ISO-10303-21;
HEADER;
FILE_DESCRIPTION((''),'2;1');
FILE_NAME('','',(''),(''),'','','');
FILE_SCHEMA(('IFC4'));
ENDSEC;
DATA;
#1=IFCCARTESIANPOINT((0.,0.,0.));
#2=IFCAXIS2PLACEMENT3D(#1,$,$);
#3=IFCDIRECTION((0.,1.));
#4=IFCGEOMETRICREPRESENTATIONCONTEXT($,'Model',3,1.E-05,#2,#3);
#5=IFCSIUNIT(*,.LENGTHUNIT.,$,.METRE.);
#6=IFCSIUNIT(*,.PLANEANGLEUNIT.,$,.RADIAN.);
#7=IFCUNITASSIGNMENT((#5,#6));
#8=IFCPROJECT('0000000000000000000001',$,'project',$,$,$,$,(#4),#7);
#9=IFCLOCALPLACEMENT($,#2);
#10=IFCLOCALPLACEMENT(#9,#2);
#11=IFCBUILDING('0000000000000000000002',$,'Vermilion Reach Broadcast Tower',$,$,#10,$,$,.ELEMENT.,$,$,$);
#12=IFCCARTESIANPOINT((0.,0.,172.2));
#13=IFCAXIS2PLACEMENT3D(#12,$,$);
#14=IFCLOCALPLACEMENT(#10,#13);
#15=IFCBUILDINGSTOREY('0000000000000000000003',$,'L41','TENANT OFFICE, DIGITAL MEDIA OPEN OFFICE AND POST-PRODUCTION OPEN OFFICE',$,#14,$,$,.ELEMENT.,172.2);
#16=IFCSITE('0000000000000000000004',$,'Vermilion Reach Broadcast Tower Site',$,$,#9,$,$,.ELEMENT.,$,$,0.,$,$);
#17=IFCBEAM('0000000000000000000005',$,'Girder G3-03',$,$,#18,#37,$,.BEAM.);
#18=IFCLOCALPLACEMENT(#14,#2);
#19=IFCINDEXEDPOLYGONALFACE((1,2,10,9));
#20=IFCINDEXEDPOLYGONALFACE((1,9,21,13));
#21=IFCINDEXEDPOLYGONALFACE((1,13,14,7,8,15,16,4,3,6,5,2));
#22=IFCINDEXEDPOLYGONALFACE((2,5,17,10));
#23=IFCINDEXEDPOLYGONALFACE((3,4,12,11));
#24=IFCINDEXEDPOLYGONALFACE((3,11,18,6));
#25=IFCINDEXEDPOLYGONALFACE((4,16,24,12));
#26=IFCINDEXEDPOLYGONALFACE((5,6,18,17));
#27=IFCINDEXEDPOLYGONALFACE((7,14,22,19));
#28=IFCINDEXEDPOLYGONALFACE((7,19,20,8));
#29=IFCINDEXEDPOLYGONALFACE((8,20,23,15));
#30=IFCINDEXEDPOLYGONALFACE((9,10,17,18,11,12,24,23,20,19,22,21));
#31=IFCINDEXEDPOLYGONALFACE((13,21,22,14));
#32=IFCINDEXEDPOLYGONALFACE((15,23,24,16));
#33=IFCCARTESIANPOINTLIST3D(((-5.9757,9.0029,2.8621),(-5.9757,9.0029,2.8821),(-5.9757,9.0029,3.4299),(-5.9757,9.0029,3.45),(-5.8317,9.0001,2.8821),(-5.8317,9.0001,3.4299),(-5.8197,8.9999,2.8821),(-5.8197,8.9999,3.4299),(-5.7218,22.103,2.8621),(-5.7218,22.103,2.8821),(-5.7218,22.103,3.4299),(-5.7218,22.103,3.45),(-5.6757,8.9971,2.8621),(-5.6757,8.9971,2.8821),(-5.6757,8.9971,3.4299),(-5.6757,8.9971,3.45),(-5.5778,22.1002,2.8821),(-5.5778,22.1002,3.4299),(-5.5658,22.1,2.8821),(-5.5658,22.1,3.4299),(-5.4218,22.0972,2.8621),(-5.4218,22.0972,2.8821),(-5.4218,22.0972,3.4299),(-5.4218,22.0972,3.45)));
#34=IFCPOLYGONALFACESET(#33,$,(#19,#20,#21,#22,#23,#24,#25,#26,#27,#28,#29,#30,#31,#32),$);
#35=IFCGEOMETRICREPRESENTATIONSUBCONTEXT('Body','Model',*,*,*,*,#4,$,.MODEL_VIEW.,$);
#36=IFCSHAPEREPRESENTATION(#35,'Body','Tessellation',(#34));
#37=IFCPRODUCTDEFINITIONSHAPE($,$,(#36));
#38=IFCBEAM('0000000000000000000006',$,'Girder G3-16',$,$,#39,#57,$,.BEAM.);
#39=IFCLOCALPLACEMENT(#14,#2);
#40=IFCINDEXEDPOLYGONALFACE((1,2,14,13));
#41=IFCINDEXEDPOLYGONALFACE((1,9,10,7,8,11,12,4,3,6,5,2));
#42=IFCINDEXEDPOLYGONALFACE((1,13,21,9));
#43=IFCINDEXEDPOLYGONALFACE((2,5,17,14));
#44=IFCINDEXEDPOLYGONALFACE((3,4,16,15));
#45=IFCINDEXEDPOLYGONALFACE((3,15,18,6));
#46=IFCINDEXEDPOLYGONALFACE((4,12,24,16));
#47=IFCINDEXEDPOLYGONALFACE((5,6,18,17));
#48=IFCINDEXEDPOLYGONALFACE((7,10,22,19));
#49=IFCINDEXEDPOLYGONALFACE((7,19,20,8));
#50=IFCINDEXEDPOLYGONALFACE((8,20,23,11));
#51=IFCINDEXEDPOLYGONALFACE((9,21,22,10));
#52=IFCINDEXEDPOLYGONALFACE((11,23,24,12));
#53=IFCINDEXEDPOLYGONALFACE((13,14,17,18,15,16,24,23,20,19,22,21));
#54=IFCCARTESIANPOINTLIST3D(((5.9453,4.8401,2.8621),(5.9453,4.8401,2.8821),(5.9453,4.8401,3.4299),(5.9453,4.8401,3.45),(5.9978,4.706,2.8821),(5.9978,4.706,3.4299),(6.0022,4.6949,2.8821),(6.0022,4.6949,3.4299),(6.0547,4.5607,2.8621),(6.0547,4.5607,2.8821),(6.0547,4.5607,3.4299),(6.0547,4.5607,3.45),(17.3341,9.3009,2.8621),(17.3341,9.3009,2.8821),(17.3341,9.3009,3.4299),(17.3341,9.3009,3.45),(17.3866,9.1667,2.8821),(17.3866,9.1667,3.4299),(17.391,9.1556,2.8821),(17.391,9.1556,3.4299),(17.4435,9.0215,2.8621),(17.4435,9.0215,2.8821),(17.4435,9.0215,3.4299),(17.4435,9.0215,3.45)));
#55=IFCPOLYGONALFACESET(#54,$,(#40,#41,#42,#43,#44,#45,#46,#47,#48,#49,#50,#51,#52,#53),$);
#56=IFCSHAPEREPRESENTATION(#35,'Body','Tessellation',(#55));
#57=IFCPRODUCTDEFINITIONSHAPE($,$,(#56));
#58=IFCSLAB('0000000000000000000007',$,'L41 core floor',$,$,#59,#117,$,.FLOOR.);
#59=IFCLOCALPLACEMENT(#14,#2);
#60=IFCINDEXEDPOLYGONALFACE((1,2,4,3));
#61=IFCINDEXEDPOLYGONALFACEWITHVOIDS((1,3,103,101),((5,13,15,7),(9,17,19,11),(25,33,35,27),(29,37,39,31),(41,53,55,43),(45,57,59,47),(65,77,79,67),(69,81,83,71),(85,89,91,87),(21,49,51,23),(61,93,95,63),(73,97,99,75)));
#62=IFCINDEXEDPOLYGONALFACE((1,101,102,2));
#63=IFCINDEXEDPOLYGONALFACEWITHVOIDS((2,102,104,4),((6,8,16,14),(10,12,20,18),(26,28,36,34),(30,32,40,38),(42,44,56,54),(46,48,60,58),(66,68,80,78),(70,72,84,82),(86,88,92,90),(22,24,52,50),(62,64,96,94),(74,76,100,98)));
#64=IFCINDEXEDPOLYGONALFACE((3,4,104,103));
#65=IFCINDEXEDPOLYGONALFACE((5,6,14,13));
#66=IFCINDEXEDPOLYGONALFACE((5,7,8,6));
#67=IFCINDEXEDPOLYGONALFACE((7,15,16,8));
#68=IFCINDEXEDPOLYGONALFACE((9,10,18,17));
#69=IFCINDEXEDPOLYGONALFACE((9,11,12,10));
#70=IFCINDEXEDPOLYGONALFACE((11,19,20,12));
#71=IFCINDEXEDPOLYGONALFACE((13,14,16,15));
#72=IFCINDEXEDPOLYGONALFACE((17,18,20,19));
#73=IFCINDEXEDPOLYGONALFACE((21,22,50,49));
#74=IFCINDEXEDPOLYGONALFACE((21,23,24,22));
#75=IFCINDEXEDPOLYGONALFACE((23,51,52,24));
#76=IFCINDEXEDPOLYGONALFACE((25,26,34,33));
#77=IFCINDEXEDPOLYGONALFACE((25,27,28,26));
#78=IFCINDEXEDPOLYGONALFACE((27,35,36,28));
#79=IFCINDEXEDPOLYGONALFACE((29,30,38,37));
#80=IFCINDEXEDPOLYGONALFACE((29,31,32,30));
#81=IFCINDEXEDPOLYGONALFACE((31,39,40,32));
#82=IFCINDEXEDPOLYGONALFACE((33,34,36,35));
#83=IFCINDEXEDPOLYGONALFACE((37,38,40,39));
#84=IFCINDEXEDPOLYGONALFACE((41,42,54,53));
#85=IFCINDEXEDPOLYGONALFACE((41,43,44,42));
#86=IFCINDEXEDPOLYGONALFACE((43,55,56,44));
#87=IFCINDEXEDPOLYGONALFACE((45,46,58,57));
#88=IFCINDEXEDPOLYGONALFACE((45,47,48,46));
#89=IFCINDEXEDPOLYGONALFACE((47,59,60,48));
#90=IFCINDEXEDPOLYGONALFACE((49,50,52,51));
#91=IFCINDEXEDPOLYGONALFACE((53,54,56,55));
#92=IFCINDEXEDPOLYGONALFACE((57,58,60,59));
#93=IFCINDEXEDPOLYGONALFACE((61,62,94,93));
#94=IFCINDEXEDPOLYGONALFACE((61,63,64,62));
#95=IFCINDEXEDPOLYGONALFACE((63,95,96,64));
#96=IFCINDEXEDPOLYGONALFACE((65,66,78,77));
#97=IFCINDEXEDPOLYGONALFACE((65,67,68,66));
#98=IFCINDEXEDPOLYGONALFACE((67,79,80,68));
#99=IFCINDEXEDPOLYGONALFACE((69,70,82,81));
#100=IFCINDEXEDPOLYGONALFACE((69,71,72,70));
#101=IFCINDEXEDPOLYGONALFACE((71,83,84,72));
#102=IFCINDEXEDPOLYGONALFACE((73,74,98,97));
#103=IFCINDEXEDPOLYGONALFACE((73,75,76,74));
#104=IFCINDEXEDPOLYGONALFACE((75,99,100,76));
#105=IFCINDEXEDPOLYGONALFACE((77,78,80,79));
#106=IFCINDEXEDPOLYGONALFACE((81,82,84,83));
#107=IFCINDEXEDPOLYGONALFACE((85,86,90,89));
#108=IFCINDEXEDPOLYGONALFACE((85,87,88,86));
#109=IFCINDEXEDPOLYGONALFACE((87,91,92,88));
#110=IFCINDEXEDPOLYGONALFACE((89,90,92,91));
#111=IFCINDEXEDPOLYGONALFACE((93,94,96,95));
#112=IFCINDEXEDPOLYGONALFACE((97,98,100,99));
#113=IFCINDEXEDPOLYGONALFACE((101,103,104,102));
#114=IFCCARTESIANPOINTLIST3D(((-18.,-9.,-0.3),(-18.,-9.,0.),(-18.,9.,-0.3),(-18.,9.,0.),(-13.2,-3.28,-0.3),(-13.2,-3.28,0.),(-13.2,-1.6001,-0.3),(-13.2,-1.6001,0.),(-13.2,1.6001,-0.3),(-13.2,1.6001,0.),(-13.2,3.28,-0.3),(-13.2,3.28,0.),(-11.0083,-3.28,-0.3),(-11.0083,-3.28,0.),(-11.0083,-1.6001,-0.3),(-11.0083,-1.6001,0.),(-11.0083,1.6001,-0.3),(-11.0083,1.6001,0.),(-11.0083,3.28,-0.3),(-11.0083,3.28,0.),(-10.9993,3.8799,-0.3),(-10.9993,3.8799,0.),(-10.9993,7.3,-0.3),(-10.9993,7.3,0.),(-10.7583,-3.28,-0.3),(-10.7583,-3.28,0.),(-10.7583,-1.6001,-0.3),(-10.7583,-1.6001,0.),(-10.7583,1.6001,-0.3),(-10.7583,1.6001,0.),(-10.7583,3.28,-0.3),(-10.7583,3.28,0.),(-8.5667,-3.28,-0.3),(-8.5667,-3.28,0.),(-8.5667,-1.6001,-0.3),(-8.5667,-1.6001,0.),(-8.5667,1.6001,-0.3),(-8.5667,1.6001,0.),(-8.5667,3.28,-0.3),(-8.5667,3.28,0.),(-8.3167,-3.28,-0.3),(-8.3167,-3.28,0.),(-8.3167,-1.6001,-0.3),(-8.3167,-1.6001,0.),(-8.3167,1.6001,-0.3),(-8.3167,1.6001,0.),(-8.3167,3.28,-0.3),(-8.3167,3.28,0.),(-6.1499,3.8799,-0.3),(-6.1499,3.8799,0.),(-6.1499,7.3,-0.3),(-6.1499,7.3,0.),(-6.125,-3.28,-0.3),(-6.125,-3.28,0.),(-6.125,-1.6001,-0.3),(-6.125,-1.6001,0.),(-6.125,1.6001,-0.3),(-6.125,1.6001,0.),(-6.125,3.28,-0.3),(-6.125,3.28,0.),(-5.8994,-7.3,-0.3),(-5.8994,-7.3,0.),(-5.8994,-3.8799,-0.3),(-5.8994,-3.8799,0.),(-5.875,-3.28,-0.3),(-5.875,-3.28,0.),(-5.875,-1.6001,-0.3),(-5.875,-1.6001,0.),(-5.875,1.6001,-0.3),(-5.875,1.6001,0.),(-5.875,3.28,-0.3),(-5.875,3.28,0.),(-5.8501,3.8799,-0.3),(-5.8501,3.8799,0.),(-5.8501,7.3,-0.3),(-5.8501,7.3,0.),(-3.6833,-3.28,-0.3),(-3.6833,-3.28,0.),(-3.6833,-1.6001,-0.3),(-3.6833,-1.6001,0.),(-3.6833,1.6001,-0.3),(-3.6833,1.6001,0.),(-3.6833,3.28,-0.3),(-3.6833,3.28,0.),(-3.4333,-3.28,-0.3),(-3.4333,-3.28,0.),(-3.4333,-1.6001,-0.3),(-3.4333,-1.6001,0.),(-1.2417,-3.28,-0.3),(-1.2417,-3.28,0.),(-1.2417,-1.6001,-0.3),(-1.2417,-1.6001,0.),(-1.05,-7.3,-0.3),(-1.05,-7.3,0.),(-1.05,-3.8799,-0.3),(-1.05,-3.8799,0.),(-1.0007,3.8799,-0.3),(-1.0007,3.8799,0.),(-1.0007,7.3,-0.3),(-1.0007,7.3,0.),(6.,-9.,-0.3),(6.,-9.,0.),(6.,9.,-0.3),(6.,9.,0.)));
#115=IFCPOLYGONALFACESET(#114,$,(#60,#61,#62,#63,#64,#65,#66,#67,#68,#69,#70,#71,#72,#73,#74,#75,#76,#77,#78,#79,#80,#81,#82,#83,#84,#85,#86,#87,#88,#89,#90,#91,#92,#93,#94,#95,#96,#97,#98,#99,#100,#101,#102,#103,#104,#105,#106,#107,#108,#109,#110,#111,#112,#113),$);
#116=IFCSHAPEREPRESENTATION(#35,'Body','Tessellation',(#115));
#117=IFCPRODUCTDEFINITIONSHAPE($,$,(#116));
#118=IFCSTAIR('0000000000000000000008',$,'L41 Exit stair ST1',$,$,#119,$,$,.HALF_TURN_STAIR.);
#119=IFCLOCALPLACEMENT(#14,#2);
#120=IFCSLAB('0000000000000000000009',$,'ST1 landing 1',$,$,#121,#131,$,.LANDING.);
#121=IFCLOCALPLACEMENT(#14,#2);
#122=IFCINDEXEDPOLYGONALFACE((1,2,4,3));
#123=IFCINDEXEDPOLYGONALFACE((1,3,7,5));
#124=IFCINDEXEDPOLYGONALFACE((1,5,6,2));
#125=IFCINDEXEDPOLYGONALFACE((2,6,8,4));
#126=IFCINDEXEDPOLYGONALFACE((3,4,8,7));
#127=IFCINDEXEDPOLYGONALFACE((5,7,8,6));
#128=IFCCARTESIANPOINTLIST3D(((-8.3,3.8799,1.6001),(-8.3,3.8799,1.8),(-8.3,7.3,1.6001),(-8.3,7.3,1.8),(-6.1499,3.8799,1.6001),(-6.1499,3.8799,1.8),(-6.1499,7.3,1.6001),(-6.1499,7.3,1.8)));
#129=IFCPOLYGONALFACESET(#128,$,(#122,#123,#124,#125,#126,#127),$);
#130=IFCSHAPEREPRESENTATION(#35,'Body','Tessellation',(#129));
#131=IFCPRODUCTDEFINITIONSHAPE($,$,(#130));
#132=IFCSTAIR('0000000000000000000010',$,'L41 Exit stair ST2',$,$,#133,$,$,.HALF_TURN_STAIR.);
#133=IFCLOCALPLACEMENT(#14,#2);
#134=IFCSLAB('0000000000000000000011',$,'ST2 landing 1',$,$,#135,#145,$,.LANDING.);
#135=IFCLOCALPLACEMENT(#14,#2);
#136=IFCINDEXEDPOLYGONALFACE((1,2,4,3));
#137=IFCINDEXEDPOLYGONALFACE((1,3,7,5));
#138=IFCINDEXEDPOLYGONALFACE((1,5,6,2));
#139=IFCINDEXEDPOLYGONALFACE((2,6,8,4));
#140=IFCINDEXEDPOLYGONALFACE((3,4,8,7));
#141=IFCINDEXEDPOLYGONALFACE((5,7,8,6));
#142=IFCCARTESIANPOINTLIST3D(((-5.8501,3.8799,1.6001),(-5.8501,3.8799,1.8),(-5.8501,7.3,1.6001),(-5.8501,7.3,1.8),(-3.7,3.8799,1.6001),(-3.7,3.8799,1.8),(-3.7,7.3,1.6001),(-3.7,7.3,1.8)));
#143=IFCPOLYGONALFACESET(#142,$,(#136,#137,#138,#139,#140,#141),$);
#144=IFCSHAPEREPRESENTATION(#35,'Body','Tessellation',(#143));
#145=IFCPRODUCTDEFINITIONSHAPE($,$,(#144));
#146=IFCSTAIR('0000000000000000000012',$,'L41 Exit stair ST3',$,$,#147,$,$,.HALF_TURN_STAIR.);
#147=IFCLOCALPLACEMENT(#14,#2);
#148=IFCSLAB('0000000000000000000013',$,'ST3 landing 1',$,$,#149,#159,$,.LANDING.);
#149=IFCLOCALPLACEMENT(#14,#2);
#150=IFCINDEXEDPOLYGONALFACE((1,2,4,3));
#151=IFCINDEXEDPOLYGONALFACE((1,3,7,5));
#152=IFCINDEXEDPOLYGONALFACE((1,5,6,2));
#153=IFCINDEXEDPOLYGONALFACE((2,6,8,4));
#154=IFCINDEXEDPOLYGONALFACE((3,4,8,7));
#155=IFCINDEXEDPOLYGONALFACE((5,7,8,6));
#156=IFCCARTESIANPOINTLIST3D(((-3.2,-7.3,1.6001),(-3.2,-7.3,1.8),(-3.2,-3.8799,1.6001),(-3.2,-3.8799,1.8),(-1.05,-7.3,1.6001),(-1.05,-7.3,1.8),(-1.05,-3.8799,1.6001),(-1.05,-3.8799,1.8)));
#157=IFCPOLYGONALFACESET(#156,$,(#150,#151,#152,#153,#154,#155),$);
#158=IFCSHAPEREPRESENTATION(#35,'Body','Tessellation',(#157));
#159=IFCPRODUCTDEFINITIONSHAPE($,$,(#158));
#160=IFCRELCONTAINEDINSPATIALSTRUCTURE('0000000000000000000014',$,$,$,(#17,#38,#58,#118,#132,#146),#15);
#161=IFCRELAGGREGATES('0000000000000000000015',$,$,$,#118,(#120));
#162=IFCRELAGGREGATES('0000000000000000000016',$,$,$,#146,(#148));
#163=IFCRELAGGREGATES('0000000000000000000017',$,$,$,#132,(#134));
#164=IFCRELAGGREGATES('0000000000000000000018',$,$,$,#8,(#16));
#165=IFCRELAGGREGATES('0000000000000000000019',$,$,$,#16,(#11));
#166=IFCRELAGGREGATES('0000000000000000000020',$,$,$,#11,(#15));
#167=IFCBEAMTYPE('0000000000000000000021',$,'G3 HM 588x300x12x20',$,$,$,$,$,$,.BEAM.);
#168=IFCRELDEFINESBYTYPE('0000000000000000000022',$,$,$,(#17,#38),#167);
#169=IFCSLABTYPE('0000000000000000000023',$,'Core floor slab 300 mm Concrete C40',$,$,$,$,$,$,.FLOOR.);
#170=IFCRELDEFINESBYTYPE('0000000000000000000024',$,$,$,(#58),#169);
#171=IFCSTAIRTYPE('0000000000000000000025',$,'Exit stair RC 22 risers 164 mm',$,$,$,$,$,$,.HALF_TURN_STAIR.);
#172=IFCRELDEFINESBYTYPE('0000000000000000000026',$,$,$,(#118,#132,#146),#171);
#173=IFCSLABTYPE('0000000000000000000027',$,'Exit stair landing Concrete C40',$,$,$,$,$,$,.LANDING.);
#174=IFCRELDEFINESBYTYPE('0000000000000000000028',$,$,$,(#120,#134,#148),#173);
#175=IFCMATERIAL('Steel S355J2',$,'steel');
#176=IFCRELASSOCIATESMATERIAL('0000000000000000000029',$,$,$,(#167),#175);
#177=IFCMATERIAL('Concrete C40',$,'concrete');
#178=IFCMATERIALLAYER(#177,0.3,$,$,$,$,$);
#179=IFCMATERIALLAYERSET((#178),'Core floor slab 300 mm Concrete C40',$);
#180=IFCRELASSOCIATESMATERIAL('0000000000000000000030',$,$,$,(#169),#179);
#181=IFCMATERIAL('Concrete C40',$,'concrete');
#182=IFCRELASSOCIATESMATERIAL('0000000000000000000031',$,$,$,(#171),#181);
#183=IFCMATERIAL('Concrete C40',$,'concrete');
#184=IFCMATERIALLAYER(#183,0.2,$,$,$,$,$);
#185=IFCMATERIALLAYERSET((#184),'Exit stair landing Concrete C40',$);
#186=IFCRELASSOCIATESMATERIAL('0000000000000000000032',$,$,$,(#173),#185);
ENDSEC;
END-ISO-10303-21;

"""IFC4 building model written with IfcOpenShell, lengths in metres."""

from ifc_helpers import new_model, si_unit, direction, frame, origin, origin_2d, place, context, subcontext, project, spatial, polyline, i_section, outline, extrude, material, layer, layer_set, material_profile, profile_set, type_object, element, aggregate, save


model = new_model("IFC4")

# Units and contexts
model_context = context("Model", 3, precision=1e-05, world=origin(), true_north=direction((0.0, 1.0)))
body_context = subcontext(model_context, "Body", "Model", "MODEL_VIEW")
ifc_project = project(units=[si_unit("LENGTHUNIT", "METRE"), si_unit("PLANEANGLEUNIT", "RADIAN")], contexts=[model_context])

# Site, building, storey
site_placement = place(None, origin())
site = spatial("IfcSite", under=ifc_project, at=site_placement, Name="Vermilion Reach Broadcast Tower Site", CompositionType="ELEMENT", RefElevation=0.0)
building_placement = place(site_placement, origin())
building = spatial("IfcBuilding", under=site, at=building_placement, Name="Vermilion Reach Broadcast Tower", CompositionType="ELEMENT")
storey_placement = place(building_placement, frame((0.0, 0.0, 172.2)))
storey = spatial("IfcBuildingStorey", under=building, at=storey_placement, Name="L41", Description="TENANT OFFICE, DIGITAL MEDIA OPEN OFFICE AND POST-PRODUCTION OPEN OFFICE", CompositionType="ELEMENT", Elevation=172.2)

# Beams
ifc_material_1 = material(Name="Steel S355J2", Category="steel")
ifc_material_profile = material_profile(ifc_material_1, i_section(OverallWidth=0.3, OverallDepth=0.5879, WebThickness=0.012, FlangeThickness=0.02, at=origin_2d()), Name="S355J2 HM 588x300x12x20")
ifc_profile_set = profile_set([ifc_material_profile], Name="Steel S355J2")
beam_type = type_object("IfcBeamType", Name="G3 HM 588x300x12x20", PredefinedType="BEAM", material=ifc_profile_set)
beam_1_placement = place(storey_placement, frame((-5.8257, 9.0, 3.156), z_axis=(0.019378, 0.999812, 0.0), x_axis=(-0.999812, 0.019378, 0.0)))
element("IfcBeam", 1, at=beam_1_placement, inside=storey, type_object=beam_type, Name="Girder G3-03", PredefinedType="BEAM", context=body_context, shape_type="SweptSolid", body=[
    extrude(i_section(OverallWidth=0.3, OverallDepth=0.5879, WebThickness=0.012, FlangeThickness=0.02, at=origin_2d()), origin(), (0.0, 0.0, 1.0), 13.1025),
])
beam_2_placement = place(storey_placement, frame((6.0, 4.7004, 3.156), z_axis=(0.931125, 0.364701, 0.0), x_axis=(-0.364701, 0.931125, 0.0)))
element("IfcBeam", 2, at=beam_2_placement, inside=storey, type_object=beam_type, Name="Girder G3-16", PredefinedType="BEAM", context=body_context, shape_type="SweptSolid", body=[
    extrude(i_section(OverallWidth=0.3, OverallDepth=0.5879, WebThickness=0.012, FlangeThickness=0.02, at=origin_2d()), origin(), (0.0, 0.0, 1.0), 12.2312),
])

# Slab
ifc_material_2 = material(Name="Concrete C40", Category="concrete")
ifc_layer_1 = layer(ifc_material_2, 0.3)
ifc_layer_set_1 = layer_set([ifc_layer_1], Name="Core floor slab 300 mm Concrete C40")
slab_type_1 = type_object("IfcSlabType", Name="Core floor slab 300 mm Concrete C40", PredefinedType="FLOOR", material=ifc_layer_set_1)
slab_1_placement = place(storey_placement, frame((0.0, 0.0, -0.3)))
element("IfcSlab", 3, at=slab_1_placement, inside=storey, type_object=slab_type_1, Name="L41 core floor", PredefinedType="FLOOR", context=body_context, shape_type="SweptSolid", body=[
    extrude(outline(polyline([(-18.0, -9.0), (6.0, -9.0), (6.0, 9.0), (-18.0, 9.0), (-18.0, -9.0)]), holes=[polyline([(-13.2, 1.6001), (-11.0083, 1.6001), (-11.0083, 3.28), (-13.2, 3.28), (-13.2, 1.6001)]), polyline([(-10.7583, 1.6001), (-8.5667, 1.6001), (-8.5667, 3.28), (-10.7583, 3.28), (-10.7583, 1.6001)]), polyline([(-8.3167, 1.6001), (-6.125, 1.6001), (-6.125, 3.28), (-8.3167, 3.28), (-8.3167, 1.6001)]), polyline([(-5.875, 1.6001), (-3.6833, 1.6001), (-3.6833, 3.28), (-5.875, 3.28), (-5.875, 1.6001)]), polyline([(-13.2, -3.28), (-11.0083, -3.28), (-11.0083, -1.6001), (-13.2, -1.6001), (-13.2, -3.28)]), polyline([(-10.7583, -3.28), (-8.5667, -3.28), (-8.5667, -1.6001), (-10.7583, -1.6001), (-10.7583, -3.28)]), polyline([(-8.3167, -3.28), (-6.125, -3.28), (-6.125, -1.6001), (-8.3167, -1.6001), (-8.3167, -3.28)]), polyline([(-5.875, -3.28), (-3.6833, -3.28), (-3.6833, -1.6001), (-5.875, -1.6001), (-5.875, -3.28)]), polyline([(-3.4333, -3.28), (-1.2417, -3.28), (-1.2417, -1.6001), (-3.4333, -1.6001), (-3.4333, -3.28)]), polyline([(-10.9993, 3.8799), (-6.1499, 3.8799), (-6.1499, 7.3), (-10.9993, 7.3), (-10.9993, 3.8799)]), polyline([(-1.0007, 7.3), (-5.8501, 7.3), (-5.8501, 3.8799), (-1.0007, 3.8799), (-1.0007, 7.3)]), polyline([(-5.8994, -7.3), (-1.05, -7.3), (-1.05, -3.8799), (-5.8994, -3.8799), (-5.8994, -7.3)])]), origin(), (0.0, 0.0, 1.0), 0.3),
])

# Stairs, slabs
ifc_material_3 = material(Name="Concrete C40", Category="concrete")
stair_type = type_object("IfcStairType", Name="Exit stair RC 22 risers 164 mm", PredefinedType="HALF_TURN_STAIR", material=ifc_material_3)
placement_1 = place(storey_placement, origin())
stair_1 = element("IfcStair", 4, at=placement_1, inside=storey, type_object=stair_type, Name="L41 Exit stair ST1", PredefinedType="HALF_TURN_STAIR")
ifc_material_4 = material(Name="Concrete C40", Category="concrete")
ifc_layer_2 = layer(ifc_material_4, 0.2)
ifc_layer_set_2 = layer_set([ifc_layer_2], Name="Exit stair landing Concrete C40")
slab_type_2 = type_object("IfcSlabType", Name="Exit stair landing Concrete C40", PredefinedType="LANDING", material=ifc_layer_set_2)
placement_2 = place(storey_placement, frame((0.0, 0.0, 1.6001)))
slab_2 = element("IfcSlab", 5, at=placement_2, type_object=slab_type_2, Name="ST1 landing 1", PredefinedType="LANDING", context=body_context, shape_type="SweptSolid", body=[
    extrude(outline(polyline([(-8.3, 3.8799), (-6.1499, 3.8799), (-6.1499, 7.3), (-8.3, 7.3), (-8.3, 3.8799)])), origin(), (0.0, 0.0, 1.0), 0.2),
])
aggregate(stair_1, [slab_2])
stair_2 = element("IfcStair", 6, at=placement_1, inside=storey, type_object=stair_type, Name="L41 Exit stair ST2", PredefinedType="HALF_TURN_STAIR")
slab_3 = element("IfcSlab", 7, at=placement_2, type_object=slab_type_2, Name="ST2 landing 1", PredefinedType="LANDING", context=body_context, shape_type="SweptSolid", body=[
    extrude(outline(polyline([(-3.7, 7.3), (-5.8501, 7.3), (-5.8501, 3.8799), (-3.7, 3.8799), (-3.7, 7.3)])), origin(), (0.0, 0.0, 1.0), 0.2),
])
stair_3 = element("IfcStair", 8, at=placement_1, inside=storey, type_object=stair_type, Name="L41 Exit stair ST3", PredefinedType="HALF_TURN_STAIR")
slab_4 = element("IfcSlab", 9, at=placement_2, type_object=slab_type_2, Name="ST3 landing 1", PredefinedType="LANDING", context=body_context, shape_type="SweptSolid", body=[
    extrude(outline(polyline([(-3.2, -7.3), (-1.05, -7.3), (-1.05, -3.8799), (-3.2, -3.8799), (-3.2, -7.3)])), origin(), (0.0, 0.0, 1.0), 0.2),
])
aggregate(stair_3, [slab_4])

aggregate(stair_2, [slab_3])

save(model, "model.ifc")
